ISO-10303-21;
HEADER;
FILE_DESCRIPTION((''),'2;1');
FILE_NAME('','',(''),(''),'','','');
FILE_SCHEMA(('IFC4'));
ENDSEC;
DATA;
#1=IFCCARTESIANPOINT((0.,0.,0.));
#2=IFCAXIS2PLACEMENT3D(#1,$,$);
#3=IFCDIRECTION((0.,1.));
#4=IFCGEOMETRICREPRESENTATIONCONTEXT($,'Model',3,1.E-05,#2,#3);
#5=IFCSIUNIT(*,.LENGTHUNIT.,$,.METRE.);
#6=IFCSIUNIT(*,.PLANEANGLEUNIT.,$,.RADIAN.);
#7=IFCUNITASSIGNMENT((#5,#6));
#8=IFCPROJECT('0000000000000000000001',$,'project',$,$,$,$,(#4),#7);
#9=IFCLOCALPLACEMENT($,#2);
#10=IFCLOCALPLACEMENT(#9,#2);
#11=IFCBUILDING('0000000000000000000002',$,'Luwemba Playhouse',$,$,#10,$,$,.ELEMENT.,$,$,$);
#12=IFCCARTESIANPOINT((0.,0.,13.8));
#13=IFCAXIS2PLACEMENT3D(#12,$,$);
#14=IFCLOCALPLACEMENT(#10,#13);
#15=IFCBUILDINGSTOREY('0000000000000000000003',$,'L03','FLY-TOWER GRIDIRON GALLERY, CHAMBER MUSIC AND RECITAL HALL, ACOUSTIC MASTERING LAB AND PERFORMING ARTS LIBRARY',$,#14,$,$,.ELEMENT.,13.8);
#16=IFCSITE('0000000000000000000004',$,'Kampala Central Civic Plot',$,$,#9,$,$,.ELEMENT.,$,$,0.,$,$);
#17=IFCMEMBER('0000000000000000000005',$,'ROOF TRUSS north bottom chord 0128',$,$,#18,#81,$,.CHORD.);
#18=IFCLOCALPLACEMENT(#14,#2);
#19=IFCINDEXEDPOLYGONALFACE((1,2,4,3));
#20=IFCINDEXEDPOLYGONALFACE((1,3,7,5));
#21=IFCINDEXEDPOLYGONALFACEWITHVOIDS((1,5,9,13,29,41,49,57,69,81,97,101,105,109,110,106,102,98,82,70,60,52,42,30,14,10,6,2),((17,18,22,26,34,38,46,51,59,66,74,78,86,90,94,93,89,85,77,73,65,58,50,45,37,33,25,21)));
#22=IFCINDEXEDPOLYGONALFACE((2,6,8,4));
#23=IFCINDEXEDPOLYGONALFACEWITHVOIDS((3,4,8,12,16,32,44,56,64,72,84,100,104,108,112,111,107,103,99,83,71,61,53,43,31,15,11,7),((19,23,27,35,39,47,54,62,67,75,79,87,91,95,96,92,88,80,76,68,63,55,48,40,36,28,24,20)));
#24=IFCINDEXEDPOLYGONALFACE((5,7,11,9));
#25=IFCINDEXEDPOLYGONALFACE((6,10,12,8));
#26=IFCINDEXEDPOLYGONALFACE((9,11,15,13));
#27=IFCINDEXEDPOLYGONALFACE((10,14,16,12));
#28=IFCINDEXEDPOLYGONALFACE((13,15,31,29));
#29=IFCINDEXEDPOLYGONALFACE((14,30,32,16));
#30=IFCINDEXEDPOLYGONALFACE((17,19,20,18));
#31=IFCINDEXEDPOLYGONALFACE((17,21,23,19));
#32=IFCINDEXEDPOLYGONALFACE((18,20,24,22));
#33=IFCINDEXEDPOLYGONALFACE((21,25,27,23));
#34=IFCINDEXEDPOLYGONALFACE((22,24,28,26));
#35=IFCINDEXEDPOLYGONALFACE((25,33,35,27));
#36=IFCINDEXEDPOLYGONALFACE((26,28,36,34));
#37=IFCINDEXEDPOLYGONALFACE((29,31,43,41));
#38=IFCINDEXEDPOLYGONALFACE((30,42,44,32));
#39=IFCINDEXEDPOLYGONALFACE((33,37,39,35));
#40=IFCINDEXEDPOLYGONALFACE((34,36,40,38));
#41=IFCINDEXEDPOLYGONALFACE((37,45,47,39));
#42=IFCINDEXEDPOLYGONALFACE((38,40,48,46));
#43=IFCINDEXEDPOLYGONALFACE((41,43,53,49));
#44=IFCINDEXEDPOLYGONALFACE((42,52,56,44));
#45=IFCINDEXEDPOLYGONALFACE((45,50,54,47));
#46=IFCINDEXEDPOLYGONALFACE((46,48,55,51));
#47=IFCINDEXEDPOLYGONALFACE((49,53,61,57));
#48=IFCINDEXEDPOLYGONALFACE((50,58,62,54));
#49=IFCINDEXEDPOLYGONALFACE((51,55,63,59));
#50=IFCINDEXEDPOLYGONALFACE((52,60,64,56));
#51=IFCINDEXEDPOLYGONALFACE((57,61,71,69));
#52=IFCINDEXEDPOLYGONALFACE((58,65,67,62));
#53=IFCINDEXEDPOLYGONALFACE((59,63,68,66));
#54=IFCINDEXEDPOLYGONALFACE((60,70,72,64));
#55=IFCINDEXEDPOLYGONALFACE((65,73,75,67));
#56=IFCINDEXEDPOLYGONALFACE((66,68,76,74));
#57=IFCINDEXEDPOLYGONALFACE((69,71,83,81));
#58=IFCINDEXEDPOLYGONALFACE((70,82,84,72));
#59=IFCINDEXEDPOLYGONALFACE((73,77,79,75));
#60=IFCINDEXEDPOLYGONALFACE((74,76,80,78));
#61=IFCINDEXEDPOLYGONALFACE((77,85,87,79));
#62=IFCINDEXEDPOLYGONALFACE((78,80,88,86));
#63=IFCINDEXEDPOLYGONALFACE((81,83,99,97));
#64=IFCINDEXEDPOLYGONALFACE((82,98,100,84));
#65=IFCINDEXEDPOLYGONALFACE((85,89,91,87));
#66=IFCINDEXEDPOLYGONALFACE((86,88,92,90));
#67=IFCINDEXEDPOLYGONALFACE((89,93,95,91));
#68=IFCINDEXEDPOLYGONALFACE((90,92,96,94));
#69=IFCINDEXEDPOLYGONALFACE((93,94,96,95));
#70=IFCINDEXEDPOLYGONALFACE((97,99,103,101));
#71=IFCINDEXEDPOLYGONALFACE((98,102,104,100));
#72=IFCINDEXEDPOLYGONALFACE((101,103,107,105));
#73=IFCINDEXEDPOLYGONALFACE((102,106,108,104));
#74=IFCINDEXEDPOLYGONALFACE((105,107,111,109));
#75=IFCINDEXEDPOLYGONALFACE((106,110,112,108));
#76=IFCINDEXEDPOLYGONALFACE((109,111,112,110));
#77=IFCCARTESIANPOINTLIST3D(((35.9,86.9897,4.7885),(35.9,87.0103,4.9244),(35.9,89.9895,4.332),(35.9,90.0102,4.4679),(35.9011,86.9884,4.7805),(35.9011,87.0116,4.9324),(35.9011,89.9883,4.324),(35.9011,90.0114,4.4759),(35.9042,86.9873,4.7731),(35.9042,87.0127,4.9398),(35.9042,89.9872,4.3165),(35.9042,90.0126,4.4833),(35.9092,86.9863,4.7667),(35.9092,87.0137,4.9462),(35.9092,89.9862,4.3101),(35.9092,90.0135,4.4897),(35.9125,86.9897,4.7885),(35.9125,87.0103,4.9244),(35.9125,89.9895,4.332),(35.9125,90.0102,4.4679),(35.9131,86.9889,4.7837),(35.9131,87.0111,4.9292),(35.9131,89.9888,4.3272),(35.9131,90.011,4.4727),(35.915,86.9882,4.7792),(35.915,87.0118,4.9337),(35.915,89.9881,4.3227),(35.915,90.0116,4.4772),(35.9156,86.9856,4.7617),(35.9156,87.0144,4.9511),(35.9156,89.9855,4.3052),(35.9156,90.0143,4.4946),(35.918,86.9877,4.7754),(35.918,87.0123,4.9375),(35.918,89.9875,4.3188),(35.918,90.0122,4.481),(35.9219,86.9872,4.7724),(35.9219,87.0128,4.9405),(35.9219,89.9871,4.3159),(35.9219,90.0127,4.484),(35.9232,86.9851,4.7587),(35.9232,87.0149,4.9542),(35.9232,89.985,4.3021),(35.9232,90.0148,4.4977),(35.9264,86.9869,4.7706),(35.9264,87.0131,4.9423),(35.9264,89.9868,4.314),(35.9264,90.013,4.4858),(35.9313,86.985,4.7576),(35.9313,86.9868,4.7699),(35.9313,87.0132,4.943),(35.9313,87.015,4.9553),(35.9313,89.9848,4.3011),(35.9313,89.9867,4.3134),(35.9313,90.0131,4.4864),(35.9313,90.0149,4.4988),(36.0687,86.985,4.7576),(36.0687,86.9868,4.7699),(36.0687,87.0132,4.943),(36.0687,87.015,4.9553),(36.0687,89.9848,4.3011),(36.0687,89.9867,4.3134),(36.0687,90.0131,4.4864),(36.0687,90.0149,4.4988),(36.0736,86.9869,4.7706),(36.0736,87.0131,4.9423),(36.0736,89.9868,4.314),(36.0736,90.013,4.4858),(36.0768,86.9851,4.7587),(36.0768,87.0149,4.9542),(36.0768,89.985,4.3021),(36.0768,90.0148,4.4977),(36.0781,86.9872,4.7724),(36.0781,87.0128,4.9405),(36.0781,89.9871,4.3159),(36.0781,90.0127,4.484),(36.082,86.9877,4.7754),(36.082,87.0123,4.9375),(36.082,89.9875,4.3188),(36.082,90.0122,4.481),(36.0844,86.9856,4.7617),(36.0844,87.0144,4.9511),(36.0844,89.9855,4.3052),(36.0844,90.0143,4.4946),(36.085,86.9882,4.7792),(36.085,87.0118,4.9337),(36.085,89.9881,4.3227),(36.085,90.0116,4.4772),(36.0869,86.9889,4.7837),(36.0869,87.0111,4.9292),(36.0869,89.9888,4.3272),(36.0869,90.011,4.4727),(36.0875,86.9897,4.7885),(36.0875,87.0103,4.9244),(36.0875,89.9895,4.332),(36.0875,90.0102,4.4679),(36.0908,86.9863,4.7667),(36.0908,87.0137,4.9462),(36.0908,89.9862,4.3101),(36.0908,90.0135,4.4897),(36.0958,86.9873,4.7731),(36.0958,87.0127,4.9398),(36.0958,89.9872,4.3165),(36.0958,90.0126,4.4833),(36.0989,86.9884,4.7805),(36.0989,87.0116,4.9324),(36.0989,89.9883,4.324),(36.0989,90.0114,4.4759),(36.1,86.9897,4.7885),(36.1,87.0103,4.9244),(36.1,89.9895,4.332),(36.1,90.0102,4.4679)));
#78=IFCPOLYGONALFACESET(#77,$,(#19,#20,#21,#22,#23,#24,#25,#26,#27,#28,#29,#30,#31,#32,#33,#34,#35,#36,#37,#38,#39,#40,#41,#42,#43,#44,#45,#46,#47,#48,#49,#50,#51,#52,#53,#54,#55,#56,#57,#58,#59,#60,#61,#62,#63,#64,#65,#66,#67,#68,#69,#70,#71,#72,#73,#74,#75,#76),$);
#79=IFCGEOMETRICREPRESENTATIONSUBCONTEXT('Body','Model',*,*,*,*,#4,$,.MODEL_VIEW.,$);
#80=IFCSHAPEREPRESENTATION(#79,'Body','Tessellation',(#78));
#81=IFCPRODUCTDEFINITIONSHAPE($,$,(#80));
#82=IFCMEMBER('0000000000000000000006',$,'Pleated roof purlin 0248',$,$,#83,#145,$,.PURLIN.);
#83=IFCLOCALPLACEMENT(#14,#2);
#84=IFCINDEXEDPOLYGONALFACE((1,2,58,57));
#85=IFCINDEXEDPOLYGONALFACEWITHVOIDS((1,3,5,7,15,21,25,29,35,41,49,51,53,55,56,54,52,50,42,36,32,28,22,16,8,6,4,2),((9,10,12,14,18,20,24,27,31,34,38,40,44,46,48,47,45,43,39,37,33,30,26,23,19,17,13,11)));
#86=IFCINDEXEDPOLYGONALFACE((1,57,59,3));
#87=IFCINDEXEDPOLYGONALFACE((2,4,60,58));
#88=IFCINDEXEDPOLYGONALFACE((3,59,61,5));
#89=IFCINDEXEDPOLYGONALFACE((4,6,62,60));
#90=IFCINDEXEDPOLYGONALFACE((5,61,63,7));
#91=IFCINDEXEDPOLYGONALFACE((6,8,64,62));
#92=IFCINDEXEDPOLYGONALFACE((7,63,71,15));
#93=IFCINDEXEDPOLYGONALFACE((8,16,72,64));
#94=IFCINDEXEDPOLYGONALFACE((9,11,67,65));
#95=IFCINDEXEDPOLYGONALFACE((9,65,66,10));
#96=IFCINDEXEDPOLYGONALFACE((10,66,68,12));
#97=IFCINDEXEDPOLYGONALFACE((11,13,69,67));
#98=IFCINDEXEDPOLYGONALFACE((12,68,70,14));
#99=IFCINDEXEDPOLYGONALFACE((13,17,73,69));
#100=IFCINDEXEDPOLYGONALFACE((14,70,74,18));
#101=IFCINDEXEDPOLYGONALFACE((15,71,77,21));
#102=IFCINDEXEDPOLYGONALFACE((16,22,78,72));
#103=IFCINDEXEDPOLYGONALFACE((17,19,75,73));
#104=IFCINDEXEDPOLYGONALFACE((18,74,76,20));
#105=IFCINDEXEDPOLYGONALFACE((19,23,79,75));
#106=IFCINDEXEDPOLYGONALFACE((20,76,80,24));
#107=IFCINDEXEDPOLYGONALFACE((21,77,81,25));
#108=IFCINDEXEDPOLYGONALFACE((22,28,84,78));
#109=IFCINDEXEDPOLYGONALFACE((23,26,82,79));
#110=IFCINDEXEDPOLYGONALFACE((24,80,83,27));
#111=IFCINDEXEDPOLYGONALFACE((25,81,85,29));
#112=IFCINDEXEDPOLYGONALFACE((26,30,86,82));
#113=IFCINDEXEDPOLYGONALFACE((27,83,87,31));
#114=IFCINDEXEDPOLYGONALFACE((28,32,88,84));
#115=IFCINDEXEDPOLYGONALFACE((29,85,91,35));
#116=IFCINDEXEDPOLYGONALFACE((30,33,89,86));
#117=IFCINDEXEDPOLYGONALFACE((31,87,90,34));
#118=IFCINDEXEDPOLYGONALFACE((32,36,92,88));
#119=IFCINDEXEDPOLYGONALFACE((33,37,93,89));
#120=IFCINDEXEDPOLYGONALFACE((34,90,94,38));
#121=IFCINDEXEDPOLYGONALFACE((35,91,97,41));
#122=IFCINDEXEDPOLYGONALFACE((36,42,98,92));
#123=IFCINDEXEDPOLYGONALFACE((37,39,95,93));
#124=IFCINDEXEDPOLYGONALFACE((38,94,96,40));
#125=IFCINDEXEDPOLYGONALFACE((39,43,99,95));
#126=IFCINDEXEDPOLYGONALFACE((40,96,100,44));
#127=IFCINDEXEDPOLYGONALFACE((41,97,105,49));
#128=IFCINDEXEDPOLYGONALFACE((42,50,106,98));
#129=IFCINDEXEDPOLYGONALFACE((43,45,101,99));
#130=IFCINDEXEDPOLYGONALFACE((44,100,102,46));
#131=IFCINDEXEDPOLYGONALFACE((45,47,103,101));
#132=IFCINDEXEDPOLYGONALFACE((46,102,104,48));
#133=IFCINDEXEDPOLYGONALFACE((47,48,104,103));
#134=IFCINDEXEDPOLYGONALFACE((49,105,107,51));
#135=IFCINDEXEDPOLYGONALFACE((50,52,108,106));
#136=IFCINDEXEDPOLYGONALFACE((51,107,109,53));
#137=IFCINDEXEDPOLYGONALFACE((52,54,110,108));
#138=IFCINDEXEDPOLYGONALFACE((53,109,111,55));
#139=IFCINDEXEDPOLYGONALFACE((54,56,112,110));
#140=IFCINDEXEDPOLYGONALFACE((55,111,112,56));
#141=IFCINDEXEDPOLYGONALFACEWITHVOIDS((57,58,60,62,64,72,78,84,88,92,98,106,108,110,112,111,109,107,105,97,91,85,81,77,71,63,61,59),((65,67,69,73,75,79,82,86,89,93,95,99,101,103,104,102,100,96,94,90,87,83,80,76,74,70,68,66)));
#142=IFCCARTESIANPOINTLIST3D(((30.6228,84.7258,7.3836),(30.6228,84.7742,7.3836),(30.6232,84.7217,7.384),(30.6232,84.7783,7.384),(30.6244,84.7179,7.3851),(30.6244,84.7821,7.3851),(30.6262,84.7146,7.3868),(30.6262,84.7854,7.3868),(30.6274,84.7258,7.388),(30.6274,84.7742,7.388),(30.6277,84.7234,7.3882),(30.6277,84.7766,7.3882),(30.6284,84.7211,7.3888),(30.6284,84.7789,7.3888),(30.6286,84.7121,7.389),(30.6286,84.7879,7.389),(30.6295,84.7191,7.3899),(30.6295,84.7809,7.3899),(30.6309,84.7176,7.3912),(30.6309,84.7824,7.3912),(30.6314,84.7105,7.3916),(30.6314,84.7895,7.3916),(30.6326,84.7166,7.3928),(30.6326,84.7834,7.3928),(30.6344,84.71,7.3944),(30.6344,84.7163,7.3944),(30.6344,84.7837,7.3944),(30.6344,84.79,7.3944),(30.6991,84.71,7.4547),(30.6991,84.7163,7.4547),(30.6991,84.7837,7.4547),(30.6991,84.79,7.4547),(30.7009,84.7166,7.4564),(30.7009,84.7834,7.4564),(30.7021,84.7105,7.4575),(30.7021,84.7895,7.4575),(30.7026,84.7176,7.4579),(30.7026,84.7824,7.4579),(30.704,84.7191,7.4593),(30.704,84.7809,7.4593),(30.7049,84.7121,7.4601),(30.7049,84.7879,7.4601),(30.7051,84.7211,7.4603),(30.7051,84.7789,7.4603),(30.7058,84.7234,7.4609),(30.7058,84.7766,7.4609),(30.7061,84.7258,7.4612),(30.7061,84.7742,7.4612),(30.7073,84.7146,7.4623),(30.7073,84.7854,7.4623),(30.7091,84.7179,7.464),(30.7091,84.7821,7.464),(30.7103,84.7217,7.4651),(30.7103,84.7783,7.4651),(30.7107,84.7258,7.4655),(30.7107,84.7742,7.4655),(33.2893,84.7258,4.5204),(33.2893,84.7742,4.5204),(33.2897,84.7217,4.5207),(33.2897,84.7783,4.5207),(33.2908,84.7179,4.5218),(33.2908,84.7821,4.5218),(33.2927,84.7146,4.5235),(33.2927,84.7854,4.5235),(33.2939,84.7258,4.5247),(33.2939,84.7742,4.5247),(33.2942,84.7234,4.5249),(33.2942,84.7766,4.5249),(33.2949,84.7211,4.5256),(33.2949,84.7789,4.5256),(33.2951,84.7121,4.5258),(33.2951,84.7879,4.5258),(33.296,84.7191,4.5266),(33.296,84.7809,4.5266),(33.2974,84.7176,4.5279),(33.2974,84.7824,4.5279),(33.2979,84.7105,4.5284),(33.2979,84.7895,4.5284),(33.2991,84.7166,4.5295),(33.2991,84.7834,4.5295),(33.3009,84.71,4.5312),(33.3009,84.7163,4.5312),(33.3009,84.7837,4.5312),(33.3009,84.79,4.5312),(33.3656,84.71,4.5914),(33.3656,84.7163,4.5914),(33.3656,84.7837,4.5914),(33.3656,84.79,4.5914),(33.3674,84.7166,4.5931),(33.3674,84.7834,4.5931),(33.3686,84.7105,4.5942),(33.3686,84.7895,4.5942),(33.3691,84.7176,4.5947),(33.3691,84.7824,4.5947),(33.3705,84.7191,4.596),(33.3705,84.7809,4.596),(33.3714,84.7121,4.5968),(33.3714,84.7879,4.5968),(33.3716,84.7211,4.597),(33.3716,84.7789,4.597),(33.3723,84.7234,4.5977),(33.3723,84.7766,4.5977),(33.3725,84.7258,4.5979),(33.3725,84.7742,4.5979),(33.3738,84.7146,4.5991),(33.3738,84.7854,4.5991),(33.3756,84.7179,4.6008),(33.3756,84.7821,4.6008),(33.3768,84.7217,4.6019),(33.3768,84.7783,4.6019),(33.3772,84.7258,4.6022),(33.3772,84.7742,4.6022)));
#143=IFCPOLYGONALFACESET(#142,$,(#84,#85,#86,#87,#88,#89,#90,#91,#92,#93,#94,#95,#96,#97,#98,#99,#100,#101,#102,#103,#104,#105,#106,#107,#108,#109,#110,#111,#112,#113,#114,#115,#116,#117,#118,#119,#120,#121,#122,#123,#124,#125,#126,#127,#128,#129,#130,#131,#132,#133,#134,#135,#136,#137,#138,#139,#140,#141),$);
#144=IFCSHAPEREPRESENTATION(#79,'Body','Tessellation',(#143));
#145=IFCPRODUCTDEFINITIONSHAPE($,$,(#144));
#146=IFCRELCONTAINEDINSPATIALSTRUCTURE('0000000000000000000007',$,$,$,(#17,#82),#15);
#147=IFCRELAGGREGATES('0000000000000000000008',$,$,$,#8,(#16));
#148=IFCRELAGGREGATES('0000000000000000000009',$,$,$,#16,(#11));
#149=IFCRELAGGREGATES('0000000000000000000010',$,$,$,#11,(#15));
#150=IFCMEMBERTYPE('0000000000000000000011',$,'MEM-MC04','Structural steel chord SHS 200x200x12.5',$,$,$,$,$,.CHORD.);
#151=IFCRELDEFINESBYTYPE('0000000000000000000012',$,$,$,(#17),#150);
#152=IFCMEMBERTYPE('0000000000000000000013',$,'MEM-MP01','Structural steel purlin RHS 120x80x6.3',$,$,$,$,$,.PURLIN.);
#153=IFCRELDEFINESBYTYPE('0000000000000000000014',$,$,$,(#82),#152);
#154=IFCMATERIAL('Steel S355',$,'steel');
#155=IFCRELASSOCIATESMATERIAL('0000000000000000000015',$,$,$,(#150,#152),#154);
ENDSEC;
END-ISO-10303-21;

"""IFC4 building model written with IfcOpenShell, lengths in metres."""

from ifc_helpers import new_model, si_unit, direction, frame, origin, origin_2d, place, context, subcontext, project, spatial, hollow_rectangle, extrude, material, material_profile, profile_set, type_object, element, save


model = new_model("IFC4")

# Units and contexts
model_context = context("Model", 3, precision=1e-05, world=origin(), true_north=direction((0.0, 1.0)))
body_context = subcontext(model_context, "Body", "Model", "MODEL_VIEW")
ifc_project = project(units=[si_unit("LENGTHUNIT", "METRE"), si_unit("PLANEANGLEUNIT", "RADIAN")], contexts=[model_context])

# Site, building, storey
site_placement = place(None, origin())
site = spatial("IfcSite", under=ifc_project, at=site_placement, Name="Kampala Central Civic Plot", CompositionType="ELEMENT", RefElevation=0.0)
building_placement = place(site_placement, origin())
building = spatial("IfcBuilding", under=site, at=building_placement, Name="Luwemba Playhouse", CompositionType="ELEMENT")
storey_placement = place(building_placement, frame((0.0, 0.0, 13.8)))
storey = spatial("IfcBuildingStorey", under=building, at=storey_placement, Name="L03", Description="FLY-TOWER GRIDIRON GALLERY, CHAMBER MUSIC AND RECITAL HALL, ACOUSTIC MASTERING LAB AND PERFORMING ARTS LIBRARY", CompositionType="ELEMENT", Elevation=13.8)

# Shared definitions
ifc_material_1 = material(Name="Steel S355", Category="steel")

# Members
ifc_material_profile_1 = material_profile(ifc_material_1, hollow_rectangle(XDim=0.2, YDim=0.2, WallThickness=0.0125, InnerFilletRadius=0.0188, OuterFilletRadius=0.0312, at=origin_2d()))
ifc_profile_set_1 = profile_set([ifc_material_profile_1], Name="Steel S355")
member_type_1 = type_object("IfcMemberType", Name="MEM-MC04", Description="Structural steel chord SHS 200x200x12.5", PredefinedType="CHORD", material=ifc_profile_set_1)
member_1_placement = place(storey_placement, frame((36.0, 87.0, 4.8564), z_axis=(0.0, 0.988618, -0.150449), x_axis=(-1.0, 0.0, 0.0)))
element("IfcMember", 1, at=member_1_placement, inside=storey, type_object=member_type_1, Name="ROOF TRUSS north bottom chord 0128", PredefinedType="CHORD", context=body_context, shape_type="SweptSolid", body=[
    extrude(hollow_rectangle(XDim=0.2, YDim=0.2, WallThickness=0.0125, InnerFilletRadius=0.0188, OuterFilletRadius=0.0312, at=origin_2d()), origin(), (0.0, 0.0, 1.0), 3.0344),
])
ifc_material_profile_2 = material_profile(ifc_material_1, hollow_rectangle(XDim=0.0801, YDim=0.1201, WallThickness=0.0063, InnerFilletRadius=0.0095, OuterFilletRadius=0.0159, at=origin_2d()))
ifc_profile_set_2 = profile_set([ifc_material_profile_2], Name="Steel S355")
member_type_2 = type_object("IfcMemberType", Name="MEM-MP01", Description="Structural steel purlin RHS 120x80x6.3", PredefinedType="PURLIN", material=ifc_profile_set_2)
member_2_placement = place(storey_placement, frame((30.6667, 84.75, 7.4246), z_axis=(0.681513, 0.0, -0.731806), x_axis=(0.0, 1.0, 0.0)))
element("IfcMember", 2, at=member_2_placement, inside=storey, type_object=member_type_2, Name="Pleated roof purlin 0248", PredefinedType="PURLIN", context=body_context, shape_type="SweptSolid", body=[
    extrude(hollow_rectangle(XDim=0.0801, YDim=0.1201, WallThickness=0.0063, InnerFilletRadius=0.0095, OuterFilletRadius=0.0159, at=origin_2d()), origin(), (0.0, 0.0, 1.0), 3.9126),
])

save(model, "model.ifc")
